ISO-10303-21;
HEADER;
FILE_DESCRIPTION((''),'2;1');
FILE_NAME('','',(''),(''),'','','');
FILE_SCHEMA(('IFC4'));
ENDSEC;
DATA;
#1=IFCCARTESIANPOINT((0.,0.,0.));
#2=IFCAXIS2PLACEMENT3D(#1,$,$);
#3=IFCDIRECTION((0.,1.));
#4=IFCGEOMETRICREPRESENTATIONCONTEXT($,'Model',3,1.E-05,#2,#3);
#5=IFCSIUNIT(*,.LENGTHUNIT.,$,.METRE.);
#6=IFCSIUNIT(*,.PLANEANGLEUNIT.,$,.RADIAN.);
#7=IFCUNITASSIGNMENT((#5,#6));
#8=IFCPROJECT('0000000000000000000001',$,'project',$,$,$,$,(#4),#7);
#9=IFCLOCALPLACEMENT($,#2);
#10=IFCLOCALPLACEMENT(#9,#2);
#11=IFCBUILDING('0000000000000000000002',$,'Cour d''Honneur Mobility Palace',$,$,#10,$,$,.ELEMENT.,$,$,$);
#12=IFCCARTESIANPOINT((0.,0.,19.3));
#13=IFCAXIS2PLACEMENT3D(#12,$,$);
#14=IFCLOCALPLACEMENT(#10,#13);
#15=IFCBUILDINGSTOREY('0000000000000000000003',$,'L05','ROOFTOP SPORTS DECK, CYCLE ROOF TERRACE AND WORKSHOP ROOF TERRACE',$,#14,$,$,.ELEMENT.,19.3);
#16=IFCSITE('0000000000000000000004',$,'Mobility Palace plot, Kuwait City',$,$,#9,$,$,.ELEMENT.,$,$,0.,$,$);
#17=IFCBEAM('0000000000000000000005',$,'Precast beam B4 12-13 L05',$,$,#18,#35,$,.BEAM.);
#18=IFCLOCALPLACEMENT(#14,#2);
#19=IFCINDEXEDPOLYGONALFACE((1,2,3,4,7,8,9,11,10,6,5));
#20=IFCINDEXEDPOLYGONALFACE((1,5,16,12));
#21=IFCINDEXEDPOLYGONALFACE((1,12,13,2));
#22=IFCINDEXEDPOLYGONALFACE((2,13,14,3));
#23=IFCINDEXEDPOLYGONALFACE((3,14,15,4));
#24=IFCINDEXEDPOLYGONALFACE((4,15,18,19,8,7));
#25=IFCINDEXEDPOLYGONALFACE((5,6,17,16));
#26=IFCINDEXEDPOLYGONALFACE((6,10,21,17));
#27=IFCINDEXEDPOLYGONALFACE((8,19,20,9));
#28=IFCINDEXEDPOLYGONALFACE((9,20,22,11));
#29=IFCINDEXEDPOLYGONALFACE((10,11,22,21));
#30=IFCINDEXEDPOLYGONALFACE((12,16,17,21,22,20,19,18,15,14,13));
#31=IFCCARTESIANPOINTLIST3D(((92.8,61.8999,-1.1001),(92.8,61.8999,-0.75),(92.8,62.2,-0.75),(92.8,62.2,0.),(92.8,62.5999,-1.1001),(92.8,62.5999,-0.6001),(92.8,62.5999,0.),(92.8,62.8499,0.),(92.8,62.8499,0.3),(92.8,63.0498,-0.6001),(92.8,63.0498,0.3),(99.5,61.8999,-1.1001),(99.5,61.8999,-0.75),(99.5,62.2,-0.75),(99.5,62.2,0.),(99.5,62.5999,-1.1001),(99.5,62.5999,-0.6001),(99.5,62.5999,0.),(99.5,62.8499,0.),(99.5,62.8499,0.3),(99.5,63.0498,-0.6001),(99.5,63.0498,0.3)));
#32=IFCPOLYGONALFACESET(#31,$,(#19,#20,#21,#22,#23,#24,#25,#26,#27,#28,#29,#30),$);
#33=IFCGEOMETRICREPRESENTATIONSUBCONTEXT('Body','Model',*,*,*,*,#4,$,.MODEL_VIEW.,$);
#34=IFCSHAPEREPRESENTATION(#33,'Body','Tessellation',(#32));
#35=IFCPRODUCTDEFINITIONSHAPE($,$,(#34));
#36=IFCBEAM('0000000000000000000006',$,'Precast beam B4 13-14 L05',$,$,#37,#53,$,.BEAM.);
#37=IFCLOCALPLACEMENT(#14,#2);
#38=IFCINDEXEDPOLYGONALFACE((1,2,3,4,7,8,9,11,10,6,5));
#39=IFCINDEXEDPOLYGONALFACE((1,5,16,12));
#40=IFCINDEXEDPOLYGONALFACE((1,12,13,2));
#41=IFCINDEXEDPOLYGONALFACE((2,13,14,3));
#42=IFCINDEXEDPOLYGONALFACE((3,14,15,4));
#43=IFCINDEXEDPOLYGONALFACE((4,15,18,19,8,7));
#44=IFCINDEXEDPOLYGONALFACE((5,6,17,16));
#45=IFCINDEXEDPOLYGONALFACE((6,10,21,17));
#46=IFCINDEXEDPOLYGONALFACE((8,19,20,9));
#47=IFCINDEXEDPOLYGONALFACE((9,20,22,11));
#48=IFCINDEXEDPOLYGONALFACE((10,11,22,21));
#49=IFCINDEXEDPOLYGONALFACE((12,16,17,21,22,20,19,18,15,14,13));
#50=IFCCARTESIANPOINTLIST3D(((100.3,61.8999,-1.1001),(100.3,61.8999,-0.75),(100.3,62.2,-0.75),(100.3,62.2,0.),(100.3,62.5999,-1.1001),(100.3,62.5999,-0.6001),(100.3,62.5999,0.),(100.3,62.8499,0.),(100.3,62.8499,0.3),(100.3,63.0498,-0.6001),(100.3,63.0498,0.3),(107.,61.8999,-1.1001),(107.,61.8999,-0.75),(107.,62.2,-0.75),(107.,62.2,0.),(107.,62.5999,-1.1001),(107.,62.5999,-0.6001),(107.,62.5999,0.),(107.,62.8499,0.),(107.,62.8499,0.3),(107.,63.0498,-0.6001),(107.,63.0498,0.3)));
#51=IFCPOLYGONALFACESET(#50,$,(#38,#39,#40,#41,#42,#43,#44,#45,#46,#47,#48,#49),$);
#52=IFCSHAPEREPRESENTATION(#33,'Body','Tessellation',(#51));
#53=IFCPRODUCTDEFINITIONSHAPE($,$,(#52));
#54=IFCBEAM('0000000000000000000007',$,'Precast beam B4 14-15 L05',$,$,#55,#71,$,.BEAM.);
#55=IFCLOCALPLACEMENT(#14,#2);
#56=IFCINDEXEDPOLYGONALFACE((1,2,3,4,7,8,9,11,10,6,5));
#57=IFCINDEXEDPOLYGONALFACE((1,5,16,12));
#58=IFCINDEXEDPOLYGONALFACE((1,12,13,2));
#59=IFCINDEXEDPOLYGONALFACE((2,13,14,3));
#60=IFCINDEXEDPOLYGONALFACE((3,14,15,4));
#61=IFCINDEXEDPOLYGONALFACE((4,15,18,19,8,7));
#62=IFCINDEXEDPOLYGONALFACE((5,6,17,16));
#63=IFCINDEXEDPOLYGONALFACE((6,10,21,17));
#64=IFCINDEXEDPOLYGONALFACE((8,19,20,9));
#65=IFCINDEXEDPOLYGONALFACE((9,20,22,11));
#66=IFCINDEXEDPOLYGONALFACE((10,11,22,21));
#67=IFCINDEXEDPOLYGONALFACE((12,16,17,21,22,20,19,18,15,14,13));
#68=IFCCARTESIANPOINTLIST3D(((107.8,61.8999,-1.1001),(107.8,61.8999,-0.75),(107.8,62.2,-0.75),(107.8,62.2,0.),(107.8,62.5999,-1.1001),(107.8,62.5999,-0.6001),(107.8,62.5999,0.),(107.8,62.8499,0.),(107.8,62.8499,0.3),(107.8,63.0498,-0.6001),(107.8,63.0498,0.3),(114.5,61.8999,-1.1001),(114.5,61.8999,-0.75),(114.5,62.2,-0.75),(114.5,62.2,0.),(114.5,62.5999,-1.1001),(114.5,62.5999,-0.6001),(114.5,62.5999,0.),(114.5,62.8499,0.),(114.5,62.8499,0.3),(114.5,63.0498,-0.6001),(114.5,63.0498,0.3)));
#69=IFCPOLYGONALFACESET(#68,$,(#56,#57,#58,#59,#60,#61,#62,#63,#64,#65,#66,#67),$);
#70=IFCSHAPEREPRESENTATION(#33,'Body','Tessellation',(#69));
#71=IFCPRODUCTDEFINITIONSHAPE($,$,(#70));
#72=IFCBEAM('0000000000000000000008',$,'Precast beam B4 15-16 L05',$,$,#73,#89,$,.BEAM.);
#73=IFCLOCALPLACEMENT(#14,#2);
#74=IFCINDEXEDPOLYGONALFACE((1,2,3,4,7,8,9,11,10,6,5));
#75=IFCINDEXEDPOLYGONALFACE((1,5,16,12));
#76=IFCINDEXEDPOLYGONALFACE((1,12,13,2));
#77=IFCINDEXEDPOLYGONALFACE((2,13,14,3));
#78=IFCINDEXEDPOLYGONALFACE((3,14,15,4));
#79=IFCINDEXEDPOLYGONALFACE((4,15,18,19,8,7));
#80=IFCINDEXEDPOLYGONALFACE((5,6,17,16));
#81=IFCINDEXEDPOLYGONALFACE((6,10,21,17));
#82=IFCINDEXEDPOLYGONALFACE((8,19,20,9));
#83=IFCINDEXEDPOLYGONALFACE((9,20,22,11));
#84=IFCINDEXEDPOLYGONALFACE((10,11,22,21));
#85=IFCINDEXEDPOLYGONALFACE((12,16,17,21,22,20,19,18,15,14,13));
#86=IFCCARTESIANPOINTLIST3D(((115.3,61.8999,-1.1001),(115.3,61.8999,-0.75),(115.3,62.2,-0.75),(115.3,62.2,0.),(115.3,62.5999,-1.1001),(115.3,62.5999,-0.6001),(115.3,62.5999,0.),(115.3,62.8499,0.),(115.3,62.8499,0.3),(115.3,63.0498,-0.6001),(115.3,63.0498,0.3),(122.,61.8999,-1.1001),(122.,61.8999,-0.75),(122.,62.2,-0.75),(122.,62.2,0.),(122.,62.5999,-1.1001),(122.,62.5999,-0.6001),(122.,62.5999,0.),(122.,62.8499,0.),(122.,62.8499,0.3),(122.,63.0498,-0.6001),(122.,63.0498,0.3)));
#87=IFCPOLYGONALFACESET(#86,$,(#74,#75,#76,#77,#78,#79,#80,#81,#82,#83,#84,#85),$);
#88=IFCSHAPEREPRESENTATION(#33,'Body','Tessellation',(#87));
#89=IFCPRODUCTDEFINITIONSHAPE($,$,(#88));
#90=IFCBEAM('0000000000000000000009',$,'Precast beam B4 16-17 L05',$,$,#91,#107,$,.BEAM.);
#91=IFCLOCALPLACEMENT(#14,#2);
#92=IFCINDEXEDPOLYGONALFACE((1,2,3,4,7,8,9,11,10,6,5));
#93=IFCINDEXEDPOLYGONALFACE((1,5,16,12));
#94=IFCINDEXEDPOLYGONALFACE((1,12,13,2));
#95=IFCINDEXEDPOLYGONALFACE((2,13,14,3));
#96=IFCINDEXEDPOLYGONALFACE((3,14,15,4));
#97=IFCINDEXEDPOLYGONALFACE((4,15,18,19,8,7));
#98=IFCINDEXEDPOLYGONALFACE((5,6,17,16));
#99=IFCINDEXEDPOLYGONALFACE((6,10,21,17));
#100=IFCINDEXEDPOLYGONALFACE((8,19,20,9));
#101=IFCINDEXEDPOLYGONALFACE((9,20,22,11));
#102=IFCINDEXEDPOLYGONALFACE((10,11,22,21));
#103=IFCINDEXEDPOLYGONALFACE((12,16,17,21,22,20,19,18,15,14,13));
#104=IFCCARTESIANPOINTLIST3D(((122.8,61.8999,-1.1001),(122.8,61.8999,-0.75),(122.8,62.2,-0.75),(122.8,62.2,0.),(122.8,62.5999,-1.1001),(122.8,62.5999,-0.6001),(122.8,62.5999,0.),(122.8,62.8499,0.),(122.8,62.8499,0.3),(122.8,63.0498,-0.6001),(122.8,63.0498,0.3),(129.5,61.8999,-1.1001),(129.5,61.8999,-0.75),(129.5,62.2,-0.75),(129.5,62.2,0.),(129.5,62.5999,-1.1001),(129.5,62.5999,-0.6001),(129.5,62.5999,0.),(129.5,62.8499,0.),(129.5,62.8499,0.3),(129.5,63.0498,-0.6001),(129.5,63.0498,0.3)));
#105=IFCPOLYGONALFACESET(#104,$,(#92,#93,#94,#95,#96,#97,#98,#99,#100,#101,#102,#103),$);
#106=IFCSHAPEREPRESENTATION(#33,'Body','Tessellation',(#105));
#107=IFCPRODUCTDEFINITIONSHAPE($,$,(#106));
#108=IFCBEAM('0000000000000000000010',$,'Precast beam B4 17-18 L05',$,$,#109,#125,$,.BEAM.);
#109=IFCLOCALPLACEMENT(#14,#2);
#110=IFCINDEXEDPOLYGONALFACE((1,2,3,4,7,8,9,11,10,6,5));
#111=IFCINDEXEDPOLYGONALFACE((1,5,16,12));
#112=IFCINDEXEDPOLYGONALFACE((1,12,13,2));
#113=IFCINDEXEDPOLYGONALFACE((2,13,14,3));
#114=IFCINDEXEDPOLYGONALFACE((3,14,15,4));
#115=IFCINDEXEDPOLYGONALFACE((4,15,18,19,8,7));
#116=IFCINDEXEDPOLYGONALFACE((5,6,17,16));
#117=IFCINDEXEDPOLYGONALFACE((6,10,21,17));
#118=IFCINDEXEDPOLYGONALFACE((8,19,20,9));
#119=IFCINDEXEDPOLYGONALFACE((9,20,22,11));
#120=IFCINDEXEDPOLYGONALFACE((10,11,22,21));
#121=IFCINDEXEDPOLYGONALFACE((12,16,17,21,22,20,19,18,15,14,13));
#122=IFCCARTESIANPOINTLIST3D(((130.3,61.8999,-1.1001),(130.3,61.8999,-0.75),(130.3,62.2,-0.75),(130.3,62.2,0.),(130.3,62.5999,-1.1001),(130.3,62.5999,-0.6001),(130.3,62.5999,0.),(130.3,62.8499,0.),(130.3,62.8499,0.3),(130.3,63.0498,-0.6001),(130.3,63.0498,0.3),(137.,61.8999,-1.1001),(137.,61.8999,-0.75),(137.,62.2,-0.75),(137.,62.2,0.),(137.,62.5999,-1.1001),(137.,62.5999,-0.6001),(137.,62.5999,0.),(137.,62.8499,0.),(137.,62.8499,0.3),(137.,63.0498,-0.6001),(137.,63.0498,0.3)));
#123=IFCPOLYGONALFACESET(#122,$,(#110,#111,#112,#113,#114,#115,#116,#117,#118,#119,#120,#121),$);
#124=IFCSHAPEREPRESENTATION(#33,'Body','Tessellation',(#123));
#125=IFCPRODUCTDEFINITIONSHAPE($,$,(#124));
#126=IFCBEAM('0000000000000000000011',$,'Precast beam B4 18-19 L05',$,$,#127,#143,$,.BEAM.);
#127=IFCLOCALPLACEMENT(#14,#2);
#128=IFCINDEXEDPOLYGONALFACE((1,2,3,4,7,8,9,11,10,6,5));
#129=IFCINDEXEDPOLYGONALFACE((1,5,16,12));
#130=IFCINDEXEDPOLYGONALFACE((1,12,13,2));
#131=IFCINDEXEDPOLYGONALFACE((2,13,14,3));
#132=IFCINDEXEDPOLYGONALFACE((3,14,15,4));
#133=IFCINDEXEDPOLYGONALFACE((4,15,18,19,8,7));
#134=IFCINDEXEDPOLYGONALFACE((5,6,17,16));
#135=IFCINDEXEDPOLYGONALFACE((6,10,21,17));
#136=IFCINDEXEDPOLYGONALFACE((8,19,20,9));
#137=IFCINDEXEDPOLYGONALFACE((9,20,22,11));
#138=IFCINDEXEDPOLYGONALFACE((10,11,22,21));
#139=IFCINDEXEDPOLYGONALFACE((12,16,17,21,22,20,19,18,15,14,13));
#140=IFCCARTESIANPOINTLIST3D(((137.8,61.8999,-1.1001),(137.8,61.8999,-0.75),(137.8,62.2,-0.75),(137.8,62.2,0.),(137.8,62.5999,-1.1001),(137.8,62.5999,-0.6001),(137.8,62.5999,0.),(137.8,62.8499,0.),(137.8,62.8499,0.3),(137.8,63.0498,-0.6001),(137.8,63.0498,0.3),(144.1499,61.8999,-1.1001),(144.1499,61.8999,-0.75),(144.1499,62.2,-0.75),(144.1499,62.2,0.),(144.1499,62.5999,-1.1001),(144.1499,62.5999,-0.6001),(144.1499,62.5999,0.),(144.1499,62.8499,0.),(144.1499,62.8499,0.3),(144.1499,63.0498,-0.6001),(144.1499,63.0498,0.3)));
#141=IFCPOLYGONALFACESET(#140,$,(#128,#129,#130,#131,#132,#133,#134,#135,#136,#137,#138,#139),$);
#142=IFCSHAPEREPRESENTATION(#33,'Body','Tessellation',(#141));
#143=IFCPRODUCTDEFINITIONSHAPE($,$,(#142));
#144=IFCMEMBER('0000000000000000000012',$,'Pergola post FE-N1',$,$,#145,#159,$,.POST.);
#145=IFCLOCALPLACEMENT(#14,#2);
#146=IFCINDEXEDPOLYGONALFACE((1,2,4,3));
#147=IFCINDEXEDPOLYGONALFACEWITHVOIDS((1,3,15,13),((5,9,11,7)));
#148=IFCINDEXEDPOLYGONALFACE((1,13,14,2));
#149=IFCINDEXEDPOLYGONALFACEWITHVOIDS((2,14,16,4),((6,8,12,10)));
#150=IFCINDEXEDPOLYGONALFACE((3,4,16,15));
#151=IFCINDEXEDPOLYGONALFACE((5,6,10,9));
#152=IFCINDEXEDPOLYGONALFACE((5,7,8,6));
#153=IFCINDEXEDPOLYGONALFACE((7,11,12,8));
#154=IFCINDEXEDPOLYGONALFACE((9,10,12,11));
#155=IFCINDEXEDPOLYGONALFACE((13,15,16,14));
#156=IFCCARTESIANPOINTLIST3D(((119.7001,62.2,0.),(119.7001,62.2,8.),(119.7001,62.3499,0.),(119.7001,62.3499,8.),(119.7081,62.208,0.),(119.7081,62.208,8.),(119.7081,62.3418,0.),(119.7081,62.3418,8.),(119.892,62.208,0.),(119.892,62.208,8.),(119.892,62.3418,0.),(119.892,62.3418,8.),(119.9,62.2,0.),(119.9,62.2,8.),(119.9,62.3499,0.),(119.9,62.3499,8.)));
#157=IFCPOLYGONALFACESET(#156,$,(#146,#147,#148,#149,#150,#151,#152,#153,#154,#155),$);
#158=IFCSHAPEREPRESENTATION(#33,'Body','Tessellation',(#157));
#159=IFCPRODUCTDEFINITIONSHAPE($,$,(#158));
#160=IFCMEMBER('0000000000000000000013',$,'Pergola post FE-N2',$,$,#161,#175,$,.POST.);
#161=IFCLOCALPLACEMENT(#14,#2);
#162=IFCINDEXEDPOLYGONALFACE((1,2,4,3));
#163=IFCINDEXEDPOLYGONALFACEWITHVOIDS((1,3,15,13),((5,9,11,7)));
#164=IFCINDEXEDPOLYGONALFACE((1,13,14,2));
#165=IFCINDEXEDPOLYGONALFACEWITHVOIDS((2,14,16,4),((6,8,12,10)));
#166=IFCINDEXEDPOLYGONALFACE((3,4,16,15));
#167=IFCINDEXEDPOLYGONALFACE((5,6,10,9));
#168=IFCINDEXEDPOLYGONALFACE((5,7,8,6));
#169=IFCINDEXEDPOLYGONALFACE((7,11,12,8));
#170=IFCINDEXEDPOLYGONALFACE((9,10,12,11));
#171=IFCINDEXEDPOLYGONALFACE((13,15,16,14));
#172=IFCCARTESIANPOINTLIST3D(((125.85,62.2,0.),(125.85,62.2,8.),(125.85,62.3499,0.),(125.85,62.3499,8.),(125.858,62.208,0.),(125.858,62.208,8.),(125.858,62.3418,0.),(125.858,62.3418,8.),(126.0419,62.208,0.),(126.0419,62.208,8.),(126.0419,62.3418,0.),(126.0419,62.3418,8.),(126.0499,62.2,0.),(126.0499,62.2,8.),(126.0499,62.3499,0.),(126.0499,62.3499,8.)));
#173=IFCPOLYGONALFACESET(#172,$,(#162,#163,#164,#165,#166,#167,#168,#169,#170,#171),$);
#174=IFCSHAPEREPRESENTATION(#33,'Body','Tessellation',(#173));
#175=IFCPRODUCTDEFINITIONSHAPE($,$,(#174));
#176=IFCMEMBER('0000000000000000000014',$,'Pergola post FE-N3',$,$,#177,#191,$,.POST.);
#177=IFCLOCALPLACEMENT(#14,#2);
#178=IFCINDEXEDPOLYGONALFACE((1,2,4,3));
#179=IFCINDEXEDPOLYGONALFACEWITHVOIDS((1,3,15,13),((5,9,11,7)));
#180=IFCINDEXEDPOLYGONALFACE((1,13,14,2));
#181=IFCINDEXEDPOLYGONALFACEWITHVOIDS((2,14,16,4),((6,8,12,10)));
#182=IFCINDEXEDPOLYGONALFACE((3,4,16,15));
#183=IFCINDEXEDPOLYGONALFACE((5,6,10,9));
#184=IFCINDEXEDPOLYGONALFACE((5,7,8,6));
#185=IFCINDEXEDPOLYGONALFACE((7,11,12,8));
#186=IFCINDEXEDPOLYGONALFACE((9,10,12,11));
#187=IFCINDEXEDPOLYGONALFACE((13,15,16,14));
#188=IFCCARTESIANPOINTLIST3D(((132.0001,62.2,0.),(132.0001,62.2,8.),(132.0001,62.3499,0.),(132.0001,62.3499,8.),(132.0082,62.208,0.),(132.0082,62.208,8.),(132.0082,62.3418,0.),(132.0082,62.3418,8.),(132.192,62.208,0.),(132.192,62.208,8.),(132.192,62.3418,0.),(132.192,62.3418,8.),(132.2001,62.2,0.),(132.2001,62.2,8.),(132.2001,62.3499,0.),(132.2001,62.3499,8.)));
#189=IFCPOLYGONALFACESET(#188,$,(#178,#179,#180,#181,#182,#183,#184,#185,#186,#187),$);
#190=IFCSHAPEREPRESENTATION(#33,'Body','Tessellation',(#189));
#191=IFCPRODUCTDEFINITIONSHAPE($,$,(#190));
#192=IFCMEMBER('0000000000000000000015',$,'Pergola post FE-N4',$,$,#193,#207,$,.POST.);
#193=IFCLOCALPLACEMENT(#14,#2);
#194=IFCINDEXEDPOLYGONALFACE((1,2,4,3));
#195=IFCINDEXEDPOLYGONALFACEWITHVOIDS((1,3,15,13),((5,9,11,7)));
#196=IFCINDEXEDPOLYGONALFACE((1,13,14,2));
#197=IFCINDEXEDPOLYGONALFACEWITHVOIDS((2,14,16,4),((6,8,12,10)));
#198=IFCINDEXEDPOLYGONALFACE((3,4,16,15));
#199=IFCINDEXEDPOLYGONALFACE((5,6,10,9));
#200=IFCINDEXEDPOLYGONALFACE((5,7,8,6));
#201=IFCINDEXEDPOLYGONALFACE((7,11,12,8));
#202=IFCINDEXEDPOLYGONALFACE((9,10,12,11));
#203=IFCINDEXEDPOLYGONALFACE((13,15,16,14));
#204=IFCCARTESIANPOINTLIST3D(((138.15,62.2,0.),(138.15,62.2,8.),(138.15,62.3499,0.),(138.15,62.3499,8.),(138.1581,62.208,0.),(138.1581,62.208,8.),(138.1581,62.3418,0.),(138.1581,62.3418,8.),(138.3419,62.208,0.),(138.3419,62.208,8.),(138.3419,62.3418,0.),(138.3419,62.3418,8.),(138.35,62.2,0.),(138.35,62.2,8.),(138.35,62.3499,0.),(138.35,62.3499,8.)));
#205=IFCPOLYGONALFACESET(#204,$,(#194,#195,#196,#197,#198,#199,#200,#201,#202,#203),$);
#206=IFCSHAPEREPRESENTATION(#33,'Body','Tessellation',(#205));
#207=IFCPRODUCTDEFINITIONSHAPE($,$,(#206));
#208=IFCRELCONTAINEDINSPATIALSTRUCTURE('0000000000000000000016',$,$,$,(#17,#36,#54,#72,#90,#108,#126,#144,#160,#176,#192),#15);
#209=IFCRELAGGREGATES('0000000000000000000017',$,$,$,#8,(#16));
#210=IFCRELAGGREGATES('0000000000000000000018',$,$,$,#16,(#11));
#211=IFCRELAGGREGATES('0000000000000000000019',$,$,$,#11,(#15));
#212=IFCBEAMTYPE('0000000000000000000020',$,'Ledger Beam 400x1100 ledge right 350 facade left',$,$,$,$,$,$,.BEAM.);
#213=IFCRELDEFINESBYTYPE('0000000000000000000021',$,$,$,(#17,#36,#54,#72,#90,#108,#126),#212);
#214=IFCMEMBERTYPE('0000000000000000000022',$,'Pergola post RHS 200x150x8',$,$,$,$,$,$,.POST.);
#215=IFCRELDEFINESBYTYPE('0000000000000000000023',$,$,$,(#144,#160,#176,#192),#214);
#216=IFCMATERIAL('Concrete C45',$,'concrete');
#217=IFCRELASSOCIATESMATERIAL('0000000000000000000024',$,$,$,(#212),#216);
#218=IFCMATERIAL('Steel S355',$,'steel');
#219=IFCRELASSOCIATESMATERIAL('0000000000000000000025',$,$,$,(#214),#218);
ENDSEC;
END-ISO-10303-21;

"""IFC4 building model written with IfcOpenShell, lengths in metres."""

from ifc_helpers import new_model, si_unit, direction, frame, origin, origin_2d, place, context, subcontext, project, spatial, polyline, hollow_rectangle, outline, extrude, material, material_profile, profile_set, type_object, element, save


model = new_model("IFC4")

# Units and contexts
model_context = context("Model", 3, precision=1e-05, world=origin(), true_north=direction((0.0, 1.0)))
body_context = subcontext(model_context, "Body", "Model", "MODEL_VIEW")
ifc_project = project(units=[si_unit("LENGTHUNIT", "METRE"), si_unit("PLANEANGLEUNIT", "RADIAN")], contexts=[model_context])

# Site, building, storey
site_placement = place(None, origin())
site = spatial("IfcSite", under=ifc_project, at=site_placement, Name="Mobility Palace plot, Kuwait City", CompositionType="ELEMENT", RefElevation=0.0)
building_placement = place(site_placement, origin())
building = spatial("IfcBuilding", under=site, at=building_placement, Name="Cour d'Honneur Mobility Palace", CompositionType="ELEMENT")
storey_placement = place(building_placement, frame((0.0, 0.0, 19.3)))
storey = spatial("IfcBuildingStorey", under=building, at=storey_placement, Name="L05", Description="ROOFTOP SPORTS DECK, CYCLE ROOF TERRACE AND WORKSHOP ROOF TERRACE", CompositionType="ELEMENT", Elevation=19.3)

# Beams
ifc_material_1 = material(Name="Concrete C45", Category="concrete")
ifc_material_profile_1 = material_profile(ifc_material_1, outline(polyline([(0.2, -1.1001), (0.2, -0.6001), (0.6499, -0.6001), (0.6499, 0.3), (0.45, 0.3), (0.45, 0.0), (0.2, 0.0), (-0.2, 0.0), (-0.2, -0.75), (-0.5, -0.75), (-0.5, -1.1001), (0.2, -1.1001)])), Name="Ledger Beam 400x1100 ledge right 350 facade left")
ifc_profile_set_1 = profile_set([ifc_material_profile_1], Name="Concrete C45")
beam_type = type_object("IfcBeamType", Name="Ledger Beam 400x1100 ledge right 350 facade left", PredefinedType="BEAM", material=ifc_profile_set_1)
for number, where, z_axis, x_axis, name in (
    (1, (92.8, 62.3999, 0.0), (1.0, 0.0, 0.0), (0.0, 1.0, 0.0), "Precast beam B4 12-13 L05"),
    (2, (100.3, 62.3999, 0.0), (1.0, 0.0, 0.0), (0.0, 1.0, 0.0), "Precast beam B4 13-14 L05"),
    (3, (107.8, 62.3999, 0.0), (1.0, 0.0, 0.0), (0.0, 1.0, 0.0), "Precast beam B4 14-15 L05"),
    (4, (115.3, 62.3999, 0.0), (1.0, 0.0, 0.0), (0.0, 1.0, 0.0), "Precast beam B4 15-16 L05"),
    (5, (122.8, 62.3999, 0.0), (1.0, 0.0, 0.0), (0.0, 1.0, 0.0), "Precast beam B4 16-17 L05"),
    (6, (130.3, 62.3999, 0.0), (1.0, 0.0, 0.0), (0.0, 1.0, 0.0), "Precast beam B4 17-18 L05"),
):
    element("IfcBeam", number, at=place(storey_placement, frame(where, z_axis=z_axis, x_axis=x_axis)), inside=storey, type_object=beam_type, Name=name, PredefinedType="BEAM", context=body_context, shape_type="SweptSolid", body=[
        extrude(outline(polyline([(0.2, -1.1001), (0.2, -0.6001), (0.6499, -0.6001), (0.6499, 0.3), (0.45, 0.3), (0.45, 0.0), (0.2, 0.0), (-0.2, 0.0), (-0.2, -0.75), (-0.5, -0.75), (-0.5, -1.1001), (0.2, -1.1001)])), origin(), (0.0, 0.0, 1.0), 6.7),
    ])
beam_placement = place(storey_placement, frame((137.8, 62.3999, 0.0), z_axis=(1.0, 0.0, 0.0), x_axis=(0.0, 1.0, 0.0)))
element("IfcBeam", 7, at=beam_placement, inside=storey, type_object=beam_type, Name="Precast beam B4 18-19 L05", PredefinedType="BEAM", context=body_context, shape_type="SweptSolid", body=[
    extrude(outline(polyline([(0.2, -1.1001), (0.2, -0.6001), (0.6499, -0.6001), (0.6499, 0.3), (0.45, 0.3), (0.45, 0.0), (0.2, 0.0), (-0.2, 0.0), (-0.2, -0.75), (-0.5, -0.75), (-0.5, -1.1001), (0.2, -1.1001)])), origin(), (0.0, 0.0, 1.0), 6.3499),
])

# Members
ifc_material_2 = material(Name="Steel S355", Category="steel")
ifc_material_profile_2 = material_profile(ifc_material_2, hollow_rectangle(XDim=0.1499, YDim=0.2, WallThickness=0.0081, at=origin_2d()), Name="RHS 200x150x8")
ifc_profile_set_2 = profile_set([ifc_material_profile_2], Name="Steel S355")
member_type = type_object("IfcMemberType", Name="Pergola post RHS 200x150x8", PredefinedType="POST", material=ifc_profile_set_2)
for number, where, z_axis, x_axis, name in (
    (8, (119.8, 62.2749, 0.0), (0.0, 0.0, 1.0), (0.0, 1.0, 0.0), "Pergola post FE-N1"),
    (9, (125.95, 62.2749, 0.0), (0.0, 0.0, 1.0), (0.0, 1.0, 0.0), "Pergola post FE-N2"),
    (10, (132.1001, 62.2749, 0.0), (0.0, 0.0, 1.0), (0.0, 1.0, 0.0), "Pergola post FE-N3"),
    (11, (138.25, 62.2749, 0.0), (0.0, 0.0, 1.0), (0.0, 1.0, 0.0), "Pergola post FE-N4"),
):
    element("IfcMember", number, at=place(storey_placement, frame(where, z_axis=z_axis, x_axis=x_axis)), inside=storey, type_object=member_type, Name=name, PredefinedType="POST", context=body_context, shape_type="SweptSolid", body=[
        extrude(hollow_rectangle(XDim=0.1499, YDim=0.2, WallThickness=0.0081, at=origin_2d()), origin(), (0.0, 0.0, 1.0), 8.0),
    ])

save(model, "model.ifc")
